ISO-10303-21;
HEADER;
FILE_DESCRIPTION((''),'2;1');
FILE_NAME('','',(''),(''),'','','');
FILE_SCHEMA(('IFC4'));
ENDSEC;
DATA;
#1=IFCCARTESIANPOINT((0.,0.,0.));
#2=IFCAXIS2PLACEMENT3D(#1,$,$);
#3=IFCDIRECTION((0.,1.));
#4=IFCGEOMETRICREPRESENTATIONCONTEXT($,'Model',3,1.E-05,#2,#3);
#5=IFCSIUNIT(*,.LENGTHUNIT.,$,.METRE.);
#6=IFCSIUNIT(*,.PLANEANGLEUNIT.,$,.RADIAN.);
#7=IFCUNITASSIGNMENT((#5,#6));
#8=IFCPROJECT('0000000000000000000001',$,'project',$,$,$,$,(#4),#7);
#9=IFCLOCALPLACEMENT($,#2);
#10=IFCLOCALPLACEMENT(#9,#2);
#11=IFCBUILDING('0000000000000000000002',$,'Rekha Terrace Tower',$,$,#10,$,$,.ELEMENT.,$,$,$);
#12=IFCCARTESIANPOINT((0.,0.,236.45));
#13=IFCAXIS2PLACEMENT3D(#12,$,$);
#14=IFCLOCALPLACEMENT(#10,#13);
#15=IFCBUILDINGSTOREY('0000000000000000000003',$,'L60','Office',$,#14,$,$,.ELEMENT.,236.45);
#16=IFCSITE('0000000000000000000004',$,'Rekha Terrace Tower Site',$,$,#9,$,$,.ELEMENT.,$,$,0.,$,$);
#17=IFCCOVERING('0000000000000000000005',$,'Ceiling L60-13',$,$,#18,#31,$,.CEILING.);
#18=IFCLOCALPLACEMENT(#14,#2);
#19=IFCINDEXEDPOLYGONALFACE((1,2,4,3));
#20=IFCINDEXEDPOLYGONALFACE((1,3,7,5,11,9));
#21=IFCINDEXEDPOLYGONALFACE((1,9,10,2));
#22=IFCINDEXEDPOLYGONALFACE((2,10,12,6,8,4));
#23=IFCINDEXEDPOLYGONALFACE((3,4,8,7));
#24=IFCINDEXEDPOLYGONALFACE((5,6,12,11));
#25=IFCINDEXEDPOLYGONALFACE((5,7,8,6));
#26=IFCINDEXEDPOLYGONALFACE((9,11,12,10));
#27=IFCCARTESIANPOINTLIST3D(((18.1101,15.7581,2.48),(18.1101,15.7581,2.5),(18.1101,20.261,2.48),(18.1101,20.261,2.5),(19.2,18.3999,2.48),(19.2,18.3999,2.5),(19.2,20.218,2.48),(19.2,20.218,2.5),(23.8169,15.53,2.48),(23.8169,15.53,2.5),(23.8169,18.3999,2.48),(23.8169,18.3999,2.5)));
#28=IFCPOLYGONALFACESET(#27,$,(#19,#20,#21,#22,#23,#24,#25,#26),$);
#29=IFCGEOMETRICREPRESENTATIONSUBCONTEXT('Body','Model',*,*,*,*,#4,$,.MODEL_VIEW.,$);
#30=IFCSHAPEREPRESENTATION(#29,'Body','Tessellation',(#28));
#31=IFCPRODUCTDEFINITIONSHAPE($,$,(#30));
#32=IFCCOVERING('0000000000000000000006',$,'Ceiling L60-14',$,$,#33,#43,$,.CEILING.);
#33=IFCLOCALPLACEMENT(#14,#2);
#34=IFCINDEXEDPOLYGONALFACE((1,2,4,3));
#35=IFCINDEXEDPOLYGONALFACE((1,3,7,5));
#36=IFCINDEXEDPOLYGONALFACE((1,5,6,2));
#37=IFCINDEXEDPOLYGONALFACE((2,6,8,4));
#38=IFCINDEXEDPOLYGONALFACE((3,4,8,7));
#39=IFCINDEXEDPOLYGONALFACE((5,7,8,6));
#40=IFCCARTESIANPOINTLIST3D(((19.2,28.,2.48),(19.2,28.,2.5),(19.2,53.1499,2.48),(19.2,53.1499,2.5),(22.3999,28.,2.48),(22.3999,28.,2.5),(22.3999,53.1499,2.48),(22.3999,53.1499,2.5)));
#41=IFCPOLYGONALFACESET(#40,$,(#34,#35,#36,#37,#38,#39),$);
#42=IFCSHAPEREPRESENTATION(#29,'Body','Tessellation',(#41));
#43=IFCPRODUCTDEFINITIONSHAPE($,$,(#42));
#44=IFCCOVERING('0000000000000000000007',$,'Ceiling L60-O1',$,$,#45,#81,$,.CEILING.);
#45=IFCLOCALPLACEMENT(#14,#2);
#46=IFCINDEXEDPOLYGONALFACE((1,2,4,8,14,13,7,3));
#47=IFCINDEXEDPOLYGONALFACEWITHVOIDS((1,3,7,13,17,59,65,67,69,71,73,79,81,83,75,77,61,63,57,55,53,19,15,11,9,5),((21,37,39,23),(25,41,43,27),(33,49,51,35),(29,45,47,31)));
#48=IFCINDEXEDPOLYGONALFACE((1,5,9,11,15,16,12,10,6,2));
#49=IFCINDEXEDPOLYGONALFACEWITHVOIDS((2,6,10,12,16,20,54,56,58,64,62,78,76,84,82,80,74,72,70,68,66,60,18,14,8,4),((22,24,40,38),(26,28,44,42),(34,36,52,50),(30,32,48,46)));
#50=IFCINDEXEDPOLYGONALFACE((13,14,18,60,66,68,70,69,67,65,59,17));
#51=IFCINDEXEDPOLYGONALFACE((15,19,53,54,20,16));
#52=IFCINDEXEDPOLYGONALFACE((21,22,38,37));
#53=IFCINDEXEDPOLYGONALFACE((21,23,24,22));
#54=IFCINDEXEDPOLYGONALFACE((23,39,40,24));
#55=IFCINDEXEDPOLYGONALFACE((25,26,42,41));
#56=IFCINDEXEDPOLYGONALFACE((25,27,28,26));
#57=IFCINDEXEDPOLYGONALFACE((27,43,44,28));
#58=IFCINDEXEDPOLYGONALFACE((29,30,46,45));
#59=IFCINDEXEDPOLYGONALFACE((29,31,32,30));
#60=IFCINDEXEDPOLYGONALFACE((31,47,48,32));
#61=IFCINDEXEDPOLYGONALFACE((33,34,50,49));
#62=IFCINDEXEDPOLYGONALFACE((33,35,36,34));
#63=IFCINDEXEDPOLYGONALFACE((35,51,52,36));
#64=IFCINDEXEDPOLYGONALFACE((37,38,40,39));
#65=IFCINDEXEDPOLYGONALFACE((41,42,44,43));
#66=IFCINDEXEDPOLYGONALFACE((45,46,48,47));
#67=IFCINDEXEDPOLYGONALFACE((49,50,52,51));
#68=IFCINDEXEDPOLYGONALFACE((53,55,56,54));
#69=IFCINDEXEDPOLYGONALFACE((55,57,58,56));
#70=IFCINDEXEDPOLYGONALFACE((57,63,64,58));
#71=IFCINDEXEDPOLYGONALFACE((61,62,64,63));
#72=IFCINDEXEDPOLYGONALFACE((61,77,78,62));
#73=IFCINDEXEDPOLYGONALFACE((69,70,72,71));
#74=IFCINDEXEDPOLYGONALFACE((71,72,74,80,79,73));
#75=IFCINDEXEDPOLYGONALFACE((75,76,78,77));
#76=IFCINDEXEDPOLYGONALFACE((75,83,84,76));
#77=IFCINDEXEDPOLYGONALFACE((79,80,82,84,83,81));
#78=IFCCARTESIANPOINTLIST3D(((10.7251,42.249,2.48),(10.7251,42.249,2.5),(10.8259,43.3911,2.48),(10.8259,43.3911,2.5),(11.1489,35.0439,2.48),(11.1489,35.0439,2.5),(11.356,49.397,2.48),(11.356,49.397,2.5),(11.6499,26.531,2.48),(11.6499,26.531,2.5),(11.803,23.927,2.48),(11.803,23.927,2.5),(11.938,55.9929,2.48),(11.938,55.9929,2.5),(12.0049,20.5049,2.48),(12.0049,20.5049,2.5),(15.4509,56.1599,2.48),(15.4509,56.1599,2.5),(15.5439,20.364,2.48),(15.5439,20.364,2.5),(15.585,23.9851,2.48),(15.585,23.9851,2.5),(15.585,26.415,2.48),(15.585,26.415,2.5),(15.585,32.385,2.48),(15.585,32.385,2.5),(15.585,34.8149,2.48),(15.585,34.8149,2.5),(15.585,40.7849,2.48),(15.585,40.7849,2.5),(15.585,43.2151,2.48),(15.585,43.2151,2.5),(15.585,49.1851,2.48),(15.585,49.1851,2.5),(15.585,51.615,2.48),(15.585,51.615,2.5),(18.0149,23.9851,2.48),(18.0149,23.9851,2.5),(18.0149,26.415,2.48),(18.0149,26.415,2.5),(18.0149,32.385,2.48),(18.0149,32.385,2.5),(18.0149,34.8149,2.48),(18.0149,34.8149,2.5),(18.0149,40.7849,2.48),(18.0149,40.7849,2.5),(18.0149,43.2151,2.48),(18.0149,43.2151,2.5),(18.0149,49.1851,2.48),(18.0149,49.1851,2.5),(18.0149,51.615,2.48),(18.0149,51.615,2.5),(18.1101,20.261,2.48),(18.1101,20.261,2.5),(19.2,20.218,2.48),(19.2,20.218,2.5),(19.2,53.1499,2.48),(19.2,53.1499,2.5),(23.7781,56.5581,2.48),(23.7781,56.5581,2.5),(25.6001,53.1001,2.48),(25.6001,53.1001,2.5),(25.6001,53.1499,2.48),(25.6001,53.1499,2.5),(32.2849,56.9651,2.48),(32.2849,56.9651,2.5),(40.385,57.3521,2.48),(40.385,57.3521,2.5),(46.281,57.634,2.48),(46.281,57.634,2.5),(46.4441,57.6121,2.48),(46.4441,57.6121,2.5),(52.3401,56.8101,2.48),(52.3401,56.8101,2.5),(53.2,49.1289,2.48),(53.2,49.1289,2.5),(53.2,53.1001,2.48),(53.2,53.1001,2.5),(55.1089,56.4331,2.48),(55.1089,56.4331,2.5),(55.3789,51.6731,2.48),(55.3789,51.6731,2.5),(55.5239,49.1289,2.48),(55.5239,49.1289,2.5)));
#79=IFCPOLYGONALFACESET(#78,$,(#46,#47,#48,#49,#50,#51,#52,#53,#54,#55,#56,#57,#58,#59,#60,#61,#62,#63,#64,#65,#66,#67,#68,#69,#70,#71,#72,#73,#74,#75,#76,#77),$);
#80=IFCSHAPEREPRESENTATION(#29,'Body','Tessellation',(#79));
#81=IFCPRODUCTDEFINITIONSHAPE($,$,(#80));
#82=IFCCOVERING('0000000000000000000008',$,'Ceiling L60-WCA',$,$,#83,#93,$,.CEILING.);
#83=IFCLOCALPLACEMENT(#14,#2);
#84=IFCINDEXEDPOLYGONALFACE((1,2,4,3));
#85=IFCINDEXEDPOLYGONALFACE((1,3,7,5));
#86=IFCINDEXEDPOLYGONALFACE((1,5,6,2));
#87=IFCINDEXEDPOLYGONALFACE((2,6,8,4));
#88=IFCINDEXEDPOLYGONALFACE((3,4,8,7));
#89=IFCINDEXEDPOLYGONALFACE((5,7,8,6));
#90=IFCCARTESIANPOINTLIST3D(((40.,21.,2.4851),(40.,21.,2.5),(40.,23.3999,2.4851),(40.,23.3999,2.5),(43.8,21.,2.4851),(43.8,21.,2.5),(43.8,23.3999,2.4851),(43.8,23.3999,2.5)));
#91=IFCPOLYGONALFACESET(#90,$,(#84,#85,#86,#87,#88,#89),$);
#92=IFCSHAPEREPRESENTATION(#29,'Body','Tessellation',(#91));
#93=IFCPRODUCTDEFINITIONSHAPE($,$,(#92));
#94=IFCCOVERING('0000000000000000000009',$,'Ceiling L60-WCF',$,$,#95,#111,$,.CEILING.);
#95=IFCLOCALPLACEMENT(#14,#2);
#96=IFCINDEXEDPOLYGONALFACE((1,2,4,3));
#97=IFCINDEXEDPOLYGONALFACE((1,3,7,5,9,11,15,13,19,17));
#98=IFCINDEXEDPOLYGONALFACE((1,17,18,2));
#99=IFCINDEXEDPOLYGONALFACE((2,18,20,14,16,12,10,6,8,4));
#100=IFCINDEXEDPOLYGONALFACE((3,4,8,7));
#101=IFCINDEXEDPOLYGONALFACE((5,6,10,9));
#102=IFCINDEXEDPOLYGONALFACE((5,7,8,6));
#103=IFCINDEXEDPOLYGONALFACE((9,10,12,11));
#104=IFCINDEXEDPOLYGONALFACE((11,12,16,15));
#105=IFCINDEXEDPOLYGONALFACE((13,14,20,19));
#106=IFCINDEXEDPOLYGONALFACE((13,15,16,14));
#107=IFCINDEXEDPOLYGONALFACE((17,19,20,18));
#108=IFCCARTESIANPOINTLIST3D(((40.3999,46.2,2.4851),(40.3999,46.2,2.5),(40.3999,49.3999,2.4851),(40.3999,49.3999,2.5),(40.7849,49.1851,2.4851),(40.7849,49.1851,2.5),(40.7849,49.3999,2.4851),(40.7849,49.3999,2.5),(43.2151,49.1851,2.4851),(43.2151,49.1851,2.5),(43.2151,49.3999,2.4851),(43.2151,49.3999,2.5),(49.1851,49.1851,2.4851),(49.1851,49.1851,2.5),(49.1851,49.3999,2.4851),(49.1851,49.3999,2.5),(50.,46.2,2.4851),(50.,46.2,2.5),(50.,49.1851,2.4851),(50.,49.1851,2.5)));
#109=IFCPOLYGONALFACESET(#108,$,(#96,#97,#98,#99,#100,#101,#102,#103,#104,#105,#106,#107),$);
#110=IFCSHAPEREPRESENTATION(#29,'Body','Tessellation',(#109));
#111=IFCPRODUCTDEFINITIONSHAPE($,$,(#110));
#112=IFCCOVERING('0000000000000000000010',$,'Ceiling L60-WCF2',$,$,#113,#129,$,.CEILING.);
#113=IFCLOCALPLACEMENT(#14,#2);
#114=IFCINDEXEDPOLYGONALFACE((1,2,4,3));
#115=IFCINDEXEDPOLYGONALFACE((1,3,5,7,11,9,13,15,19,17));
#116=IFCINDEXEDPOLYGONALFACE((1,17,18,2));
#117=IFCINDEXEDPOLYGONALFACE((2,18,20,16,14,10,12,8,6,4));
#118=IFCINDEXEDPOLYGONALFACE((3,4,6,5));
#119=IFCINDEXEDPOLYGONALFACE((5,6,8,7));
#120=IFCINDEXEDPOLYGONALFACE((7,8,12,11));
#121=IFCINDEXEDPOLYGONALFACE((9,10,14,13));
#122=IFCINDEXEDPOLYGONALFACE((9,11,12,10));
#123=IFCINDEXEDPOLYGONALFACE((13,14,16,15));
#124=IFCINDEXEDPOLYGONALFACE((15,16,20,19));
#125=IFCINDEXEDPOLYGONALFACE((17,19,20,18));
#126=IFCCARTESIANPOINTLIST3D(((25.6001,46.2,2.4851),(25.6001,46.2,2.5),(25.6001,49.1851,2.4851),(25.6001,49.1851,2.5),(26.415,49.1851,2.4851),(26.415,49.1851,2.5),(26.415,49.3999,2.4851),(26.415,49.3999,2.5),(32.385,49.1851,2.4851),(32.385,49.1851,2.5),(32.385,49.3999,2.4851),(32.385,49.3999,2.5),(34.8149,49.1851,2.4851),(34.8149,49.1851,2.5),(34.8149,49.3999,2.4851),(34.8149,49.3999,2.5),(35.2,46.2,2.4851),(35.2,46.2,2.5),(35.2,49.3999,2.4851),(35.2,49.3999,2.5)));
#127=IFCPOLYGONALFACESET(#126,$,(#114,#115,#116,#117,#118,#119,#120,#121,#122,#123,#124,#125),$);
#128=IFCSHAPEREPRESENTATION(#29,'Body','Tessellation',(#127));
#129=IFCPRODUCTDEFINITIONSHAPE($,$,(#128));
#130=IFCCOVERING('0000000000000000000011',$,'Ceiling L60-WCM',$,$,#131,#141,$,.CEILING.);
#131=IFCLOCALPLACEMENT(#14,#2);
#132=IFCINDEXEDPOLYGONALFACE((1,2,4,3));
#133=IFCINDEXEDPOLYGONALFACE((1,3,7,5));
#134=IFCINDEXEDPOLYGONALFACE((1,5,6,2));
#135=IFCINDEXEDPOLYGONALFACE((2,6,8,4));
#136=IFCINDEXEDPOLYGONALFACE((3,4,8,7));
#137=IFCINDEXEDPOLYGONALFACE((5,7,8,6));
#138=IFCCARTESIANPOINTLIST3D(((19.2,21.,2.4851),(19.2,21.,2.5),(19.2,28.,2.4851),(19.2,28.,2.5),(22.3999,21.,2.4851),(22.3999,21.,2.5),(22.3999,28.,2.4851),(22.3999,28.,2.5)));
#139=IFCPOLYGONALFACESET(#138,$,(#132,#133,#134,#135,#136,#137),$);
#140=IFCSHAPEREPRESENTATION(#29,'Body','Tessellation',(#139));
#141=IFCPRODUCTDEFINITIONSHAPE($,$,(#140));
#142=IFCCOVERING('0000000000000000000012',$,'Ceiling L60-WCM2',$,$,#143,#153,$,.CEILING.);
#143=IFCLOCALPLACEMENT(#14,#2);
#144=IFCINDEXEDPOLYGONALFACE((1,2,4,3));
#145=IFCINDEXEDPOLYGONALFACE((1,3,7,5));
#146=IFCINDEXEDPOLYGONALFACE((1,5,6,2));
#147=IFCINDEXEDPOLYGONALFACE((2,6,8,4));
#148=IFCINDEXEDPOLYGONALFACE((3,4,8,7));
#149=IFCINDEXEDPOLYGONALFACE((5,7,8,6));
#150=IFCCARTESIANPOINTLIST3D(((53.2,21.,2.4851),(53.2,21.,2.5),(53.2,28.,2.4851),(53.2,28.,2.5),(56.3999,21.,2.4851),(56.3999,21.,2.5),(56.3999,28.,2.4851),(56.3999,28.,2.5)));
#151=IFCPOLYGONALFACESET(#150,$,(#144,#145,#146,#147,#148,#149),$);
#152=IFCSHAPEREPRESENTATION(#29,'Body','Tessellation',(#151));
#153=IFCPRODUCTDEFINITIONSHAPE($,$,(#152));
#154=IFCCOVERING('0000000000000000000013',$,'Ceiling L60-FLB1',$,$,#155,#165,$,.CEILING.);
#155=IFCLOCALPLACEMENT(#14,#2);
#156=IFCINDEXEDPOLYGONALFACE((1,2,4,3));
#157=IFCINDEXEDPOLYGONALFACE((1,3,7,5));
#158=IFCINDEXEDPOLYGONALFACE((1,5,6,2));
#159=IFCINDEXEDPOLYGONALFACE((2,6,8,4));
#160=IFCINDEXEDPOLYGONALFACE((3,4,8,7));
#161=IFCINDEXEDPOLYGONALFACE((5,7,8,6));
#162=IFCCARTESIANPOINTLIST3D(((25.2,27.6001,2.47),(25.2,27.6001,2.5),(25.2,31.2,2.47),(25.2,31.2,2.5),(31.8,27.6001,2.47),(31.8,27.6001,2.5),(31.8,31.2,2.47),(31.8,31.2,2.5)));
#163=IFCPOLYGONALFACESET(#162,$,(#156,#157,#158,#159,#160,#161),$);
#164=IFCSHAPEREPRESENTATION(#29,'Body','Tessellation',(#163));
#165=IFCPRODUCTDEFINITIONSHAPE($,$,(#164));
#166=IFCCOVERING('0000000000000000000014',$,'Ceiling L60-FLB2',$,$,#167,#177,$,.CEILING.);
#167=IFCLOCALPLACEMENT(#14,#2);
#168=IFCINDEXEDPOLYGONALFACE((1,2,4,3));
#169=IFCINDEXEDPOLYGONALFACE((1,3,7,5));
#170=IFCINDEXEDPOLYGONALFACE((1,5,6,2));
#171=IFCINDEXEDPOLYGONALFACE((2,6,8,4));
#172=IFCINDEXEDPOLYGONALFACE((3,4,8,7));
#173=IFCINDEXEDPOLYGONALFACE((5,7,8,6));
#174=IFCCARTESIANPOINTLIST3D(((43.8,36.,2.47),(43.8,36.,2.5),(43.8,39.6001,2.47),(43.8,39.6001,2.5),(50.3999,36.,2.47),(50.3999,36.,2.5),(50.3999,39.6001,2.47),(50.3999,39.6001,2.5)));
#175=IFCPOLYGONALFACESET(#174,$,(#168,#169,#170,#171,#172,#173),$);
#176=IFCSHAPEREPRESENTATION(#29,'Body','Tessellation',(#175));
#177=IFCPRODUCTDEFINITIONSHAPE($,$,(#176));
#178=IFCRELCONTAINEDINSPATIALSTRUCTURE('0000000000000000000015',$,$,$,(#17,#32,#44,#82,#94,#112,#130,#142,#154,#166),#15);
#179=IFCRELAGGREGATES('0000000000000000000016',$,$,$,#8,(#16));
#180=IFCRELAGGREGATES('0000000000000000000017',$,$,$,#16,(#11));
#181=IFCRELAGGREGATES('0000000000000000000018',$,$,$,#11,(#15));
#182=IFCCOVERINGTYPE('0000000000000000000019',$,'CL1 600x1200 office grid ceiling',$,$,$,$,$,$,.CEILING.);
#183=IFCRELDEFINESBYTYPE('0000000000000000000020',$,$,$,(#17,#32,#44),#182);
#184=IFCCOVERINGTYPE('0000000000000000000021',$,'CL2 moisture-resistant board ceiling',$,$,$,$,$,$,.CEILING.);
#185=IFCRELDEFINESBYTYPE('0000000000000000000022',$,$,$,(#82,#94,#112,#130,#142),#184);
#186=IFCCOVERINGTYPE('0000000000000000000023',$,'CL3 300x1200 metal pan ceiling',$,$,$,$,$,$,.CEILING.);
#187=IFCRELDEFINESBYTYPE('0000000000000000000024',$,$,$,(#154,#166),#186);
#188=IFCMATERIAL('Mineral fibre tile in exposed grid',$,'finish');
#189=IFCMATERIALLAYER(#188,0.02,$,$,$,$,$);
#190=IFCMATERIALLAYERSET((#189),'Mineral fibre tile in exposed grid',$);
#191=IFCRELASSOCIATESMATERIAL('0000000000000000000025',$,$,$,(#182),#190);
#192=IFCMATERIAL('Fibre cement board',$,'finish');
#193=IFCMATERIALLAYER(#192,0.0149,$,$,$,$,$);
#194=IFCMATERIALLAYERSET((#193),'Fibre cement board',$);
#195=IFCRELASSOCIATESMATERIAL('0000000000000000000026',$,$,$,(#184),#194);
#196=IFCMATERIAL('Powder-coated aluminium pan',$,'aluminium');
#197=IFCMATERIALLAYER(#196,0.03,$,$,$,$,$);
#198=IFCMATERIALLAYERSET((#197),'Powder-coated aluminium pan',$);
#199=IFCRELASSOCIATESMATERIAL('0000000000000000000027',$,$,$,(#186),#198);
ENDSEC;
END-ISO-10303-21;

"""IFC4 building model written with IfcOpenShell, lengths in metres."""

from ifc_helpers import new_model, si_unit, direction, frame, origin, place, context, subcontext, project, spatial, polyline, outline, extrude, material, layer, layer_set, type_object, element, save


model = new_model("IFC4")

# Units and contexts
model_context = context("Model", 3, precision=1e-05, world=origin(), true_north=direction((0.0, 1.0)))
body_context = subcontext(model_context, "Body", "Model", "MODEL_VIEW")
ifc_project = project(units=[si_unit("LENGTHUNIT", "METRE"), si_unit("PLANEANGLEUNIT", "RADIAN")], contexts=[model_context])

# Site, building, storey
site_placement = place(None, origin())
site = spatial("IfcSite", under=ifc_project, at=site_placement, Name="Rekha Terrace Tower Site", CompositionType="ELEMENT", RefElevation=0.0)
building_placement = place(site_placement, origin())
building = spatial("IfcBuilding", under=site, at=building_placement, Name="Rekha Terrace Tower", CompositionType="ELEMENT")
storey_placement = place(building_placement, frame((0.0, 0.0, 236.45)))
storey = spatial("IfcBuildingStorey", under=building, at=storey_placement, Name="L60", Description="Office", CompositionType="ELEMENT", Elevation=236.45)

# Coverings
ifc_material_1 = material(Name="Mineral fibre tile in exposed grid", Category="finish")
ifc_layer_1 = layer(ifc_material_1, 0.02)
ifc_layer_set_1 = layer_set([ifc_layer_1], Name="Mineral fibre tile in exposed grid")
covering_type_1 = type_object("IfcCoveringType", Name="CL1 600x1200 office grid ceiling", PredefinedType="CEILING", material=ifc_layer_set_1)
covering_1_placement = place(storey_placement, frame((0.0, 0.0, 2.48)))
element("IfcCovering", 1, at=covering_1_placement, inside=storey, type_object=covering_type_1, Name="Ceiling L60-13", PredefinedType="CEILING", context=body_context, shape_type="SweptSolid", body=[
    extrude(outline(polyline([(23.8169, 15.53), (23.8169, 18.3999), (19.2, 18.3999), (19.2, 20.218), (18.1101, 20.261), (18.1101, 15.7581), (23.8169, 15.53)])), origin(), (0.0, 0.0, 1.0), 0.02),
])
covering_2_placement = place(storey_placement, frame((0.0, 0.0, 2.48)))
element("IfcCovering", 2, at=covering_2_placement, inside=storey, type_object=covering_type_1, Name="Ceiling L60-14", PredefinedType="CEILING", context=body_context, shape_type="SweptSolid", body=[
    extrude(outline(polyline([(19.2, 53.1499), (19.2, 28.0), (22.3999, 28.0), (22.3999, 53.1499), (19.2, 53.1499)])), origin(), (0.0, 0.0, 1.0), 0.02),
])
covering_3_placement = place(storey_placement, frame((0.0, 0.0, 2.48)))
element("IfcCovering", 3, at=covering_3_placement, inside=storey, type_object=covering_type_1, Name="Ceiling L60-O1", PredefinedType="CEILING", context=body_context, shape_type="SweptSolid", body=[
    extrude(outline(polyline([(11.356, 49.397), (10.8259, 43.3911), (10.7251, 42.249), (11.1489, 35.0439), (11.6499, 26.531), (11.803, 23.927), (12.0049, 20.5049), (15.5439, 20.364), (18.1101, 20.261), (19.2, 20.218), (19.2, 53.1499), (25.6001, 53.1499), (25.6001, 53.1001), (53.2, 53.1001), (53.2, 49.1289), (55.5239, 49.1289), (55.3789, 51.6731), (55.1089, 56.4331), (52.3401, 56.8101), (46.4441, 57.6121), (46.281, 57.634), (40.385, 57.3521), (32.2849, 56.9651), (23.7781, 56.5581), (15.4509, 56.1599), (11.938, 55.9929), (11.356, 49.397)]), holes=[polyline([(18.0149, 23.9851), (15.585, 23.9851), (15.585, 26.415), (18.0149, 26.415), (18.0149, 23.9851)]), polyline([(18.0149, 32.385), (15.585, 32.385), (15.585, 34.8149), (18.0149, 34.8149), (18.0149, 32.385)]), polyline([(18.0149, 43.2151), (18.0149, 40.7849), (15.585, 40.7849), (15.585, 43.2151), (18.0149, 43.2151)]), polyline([(18.0149, 51.615), (18.0149, 49.1851), (15.585, 49.1851), (15.585, 51.615), (18.0149, 51.615)])]), origin(), (0.0, 0.0, 1.0), 0.02),
])
ifc_material_2 = material(Name="Fibre cement board", Category="finish")
ifc_layer_2 = layer(ifc_material_2, 0.0149)
ifc_layer_set_2 = layer_set([ifc_layer_2], Name="Fibre cement board")
covering_type_2 = type_object("IfcCoveringType", Name="CL2 moisture-resistant board ceiling", PredefinedType="CEILING", material=ifc_layer_set_2)
covering_4_placement = place(storey_placement, frame((0.0, 0.0, 2.4851)))
element("IfcCovering", 4, at=covering_4_placement, inside=storey, type_object=covering_type_2, Name="Ceiling L60-WCA", PredefinedType="CEILING", context=body_context, shape_type="SweptSolid", body=[
    extrude(outline(polyline([(43.8, 23.3999), (40.0, 23.3999), (40.0, 21.0), (43.8, 21.0), (43.8, 23.3999)])), origin(), (0.0, 0.0, 1.0), 0.0149),
])
covering_5_placement = place(storey_placement, frame((0.0, 0.0, 2.4851)))
element("IfcCovering", 5, at=covering_5_placement, inside=storey, type_object=covering_type_2, Name="Ceiling L60-WCF", PredefinedType="CEILING", context=body_context, shape_type="SweptSolid", body=[
    extrude(outline(polyline([(40.7849, 49.3999), (40.3999, 49.3999), (40.3999, 46.2), (50.0, 46.2), (50.0, 49.1851), (49.1851, 49.1851), (49.1851, 49.3999), (43.2151, 49.3999), (43.2151, 49.1851), (40.7849, 49.1851), (40.7849, 49.3999)])), origin(), (0.0, 0.0, 1.0), 0.0149),
])
covering_6_placement = place(storey_placement, frame((0.0, 0.0, 2.4851)))
element("IfcCovering", 6, at=covering_6_placement, inside=storey, type_object=covering_type_2, Name="Ceiling L60-WCF2", PredefinedType="CEILING", context=body_context, shape_type="SweptSolid", body=[
    extrude(outline(polyline([(26.415, 49.1851), (25.6001, 49.1851), (25.6001, 46.2), (35.2, 46.2), (35.2, 49.3999), (34.8149, 49.3999), (34.8149, 49.1851), (32.385, 49.1851), (32.385, 49.3999), (26.415, 49.3999), (26.415, 49.1851)])), origin(), (0.0, 0.0, 1.0), 0.0149),
])
covering_7_placement = place(storey_placement, frame((0.0, 0.0, 2.4851)))
element("IfcCovering", 7, at=covering_7_placement, inside=storey, type_object=covering_type_2, Name="Ceiling L60-WCM", PredefinedType="CEILING", context=body_context, shape_type="SweptSolid", body=[
    extrude(outline(polyline([(22.3999, 28.0), (19.2, 28.0), (19.2, 21.0), (22.3999, 21.0), (22.3999, 28.0)])), origin(), (0.0, 0.0, 1.0), 0.0149),
])
covering_8_placement = place(storey_placement, frame((0.0, 0.0, 2.4851)))
element("IfcCovering", 8, at=covering_8_placement, inside=storey, type_object=covering_type_2, Name="Ceiling L60-WCM2", PredefinedType="CEILING", context=body_context, shape_type="SweptSolid", body=[
    extrude(outline(polyline([(56.3999, 28.0), (53.2, 28.0), (53.2, 21.0), (56.3999, 21.0), (56.3999, 28.0)])), origin(), (0.0, 0.0, 1.0), 0.0149),
])
ifc_material_3 = material(Name="Powder-coated aluminium pan", Category="aluminium")
ifc_layer_3 = layer(ifc_material_3, 0.03)
ifc_layer_set_3 = layer_set([ifc_layer_3], Name="Powder-coated aluminium pan")
covering_type_3 = type_object("IfcCoveringType", Name="CL3 300x1200 metal pan ceiling", PredefinedType="CEILING", material=ifc_layer_set_3)
covering_9_placement = place(storey_placement, frame((0.0, 0.0, 2.47)))
element("IfcCovering", 9, at=covering_9_placement, inside=storey, type_object=covering_type_3, Name="Ceiling L60-FLB1", PredefinedType="CEILING", context=body_context, shape_type="SweptSolid", body=[
    extrude(outline(polyline([(31.8, 31.2), (25.2, 31.2), (25.2, 27.6001), (31.8, 27.6001), (31.8, 31.2)])), origin(), (0.0, 0.0, 1.0), 0.03),
])
covering_10_placement = place(storey_placement, frame((0.0, 0.0, 2.47)))
element("IfcCovering", 10, at=covering_10_placement, inside=storey, type_object=covering_type_3, Name="Ceiling L60-FLB2", PredefinedType="CEILING", context=body_context, shape_type="SweptSolid", body=[
    extrude(outline(polyline([(50.3999, 39.6001), (43.8, 39.6001), (43.8, 36.0), (50.3999, 36.0), (50.3999, 39.6001)])), origin(), (0.0, 0.0, 1.0), 0.03),
])

save(model, "model.ifc")
